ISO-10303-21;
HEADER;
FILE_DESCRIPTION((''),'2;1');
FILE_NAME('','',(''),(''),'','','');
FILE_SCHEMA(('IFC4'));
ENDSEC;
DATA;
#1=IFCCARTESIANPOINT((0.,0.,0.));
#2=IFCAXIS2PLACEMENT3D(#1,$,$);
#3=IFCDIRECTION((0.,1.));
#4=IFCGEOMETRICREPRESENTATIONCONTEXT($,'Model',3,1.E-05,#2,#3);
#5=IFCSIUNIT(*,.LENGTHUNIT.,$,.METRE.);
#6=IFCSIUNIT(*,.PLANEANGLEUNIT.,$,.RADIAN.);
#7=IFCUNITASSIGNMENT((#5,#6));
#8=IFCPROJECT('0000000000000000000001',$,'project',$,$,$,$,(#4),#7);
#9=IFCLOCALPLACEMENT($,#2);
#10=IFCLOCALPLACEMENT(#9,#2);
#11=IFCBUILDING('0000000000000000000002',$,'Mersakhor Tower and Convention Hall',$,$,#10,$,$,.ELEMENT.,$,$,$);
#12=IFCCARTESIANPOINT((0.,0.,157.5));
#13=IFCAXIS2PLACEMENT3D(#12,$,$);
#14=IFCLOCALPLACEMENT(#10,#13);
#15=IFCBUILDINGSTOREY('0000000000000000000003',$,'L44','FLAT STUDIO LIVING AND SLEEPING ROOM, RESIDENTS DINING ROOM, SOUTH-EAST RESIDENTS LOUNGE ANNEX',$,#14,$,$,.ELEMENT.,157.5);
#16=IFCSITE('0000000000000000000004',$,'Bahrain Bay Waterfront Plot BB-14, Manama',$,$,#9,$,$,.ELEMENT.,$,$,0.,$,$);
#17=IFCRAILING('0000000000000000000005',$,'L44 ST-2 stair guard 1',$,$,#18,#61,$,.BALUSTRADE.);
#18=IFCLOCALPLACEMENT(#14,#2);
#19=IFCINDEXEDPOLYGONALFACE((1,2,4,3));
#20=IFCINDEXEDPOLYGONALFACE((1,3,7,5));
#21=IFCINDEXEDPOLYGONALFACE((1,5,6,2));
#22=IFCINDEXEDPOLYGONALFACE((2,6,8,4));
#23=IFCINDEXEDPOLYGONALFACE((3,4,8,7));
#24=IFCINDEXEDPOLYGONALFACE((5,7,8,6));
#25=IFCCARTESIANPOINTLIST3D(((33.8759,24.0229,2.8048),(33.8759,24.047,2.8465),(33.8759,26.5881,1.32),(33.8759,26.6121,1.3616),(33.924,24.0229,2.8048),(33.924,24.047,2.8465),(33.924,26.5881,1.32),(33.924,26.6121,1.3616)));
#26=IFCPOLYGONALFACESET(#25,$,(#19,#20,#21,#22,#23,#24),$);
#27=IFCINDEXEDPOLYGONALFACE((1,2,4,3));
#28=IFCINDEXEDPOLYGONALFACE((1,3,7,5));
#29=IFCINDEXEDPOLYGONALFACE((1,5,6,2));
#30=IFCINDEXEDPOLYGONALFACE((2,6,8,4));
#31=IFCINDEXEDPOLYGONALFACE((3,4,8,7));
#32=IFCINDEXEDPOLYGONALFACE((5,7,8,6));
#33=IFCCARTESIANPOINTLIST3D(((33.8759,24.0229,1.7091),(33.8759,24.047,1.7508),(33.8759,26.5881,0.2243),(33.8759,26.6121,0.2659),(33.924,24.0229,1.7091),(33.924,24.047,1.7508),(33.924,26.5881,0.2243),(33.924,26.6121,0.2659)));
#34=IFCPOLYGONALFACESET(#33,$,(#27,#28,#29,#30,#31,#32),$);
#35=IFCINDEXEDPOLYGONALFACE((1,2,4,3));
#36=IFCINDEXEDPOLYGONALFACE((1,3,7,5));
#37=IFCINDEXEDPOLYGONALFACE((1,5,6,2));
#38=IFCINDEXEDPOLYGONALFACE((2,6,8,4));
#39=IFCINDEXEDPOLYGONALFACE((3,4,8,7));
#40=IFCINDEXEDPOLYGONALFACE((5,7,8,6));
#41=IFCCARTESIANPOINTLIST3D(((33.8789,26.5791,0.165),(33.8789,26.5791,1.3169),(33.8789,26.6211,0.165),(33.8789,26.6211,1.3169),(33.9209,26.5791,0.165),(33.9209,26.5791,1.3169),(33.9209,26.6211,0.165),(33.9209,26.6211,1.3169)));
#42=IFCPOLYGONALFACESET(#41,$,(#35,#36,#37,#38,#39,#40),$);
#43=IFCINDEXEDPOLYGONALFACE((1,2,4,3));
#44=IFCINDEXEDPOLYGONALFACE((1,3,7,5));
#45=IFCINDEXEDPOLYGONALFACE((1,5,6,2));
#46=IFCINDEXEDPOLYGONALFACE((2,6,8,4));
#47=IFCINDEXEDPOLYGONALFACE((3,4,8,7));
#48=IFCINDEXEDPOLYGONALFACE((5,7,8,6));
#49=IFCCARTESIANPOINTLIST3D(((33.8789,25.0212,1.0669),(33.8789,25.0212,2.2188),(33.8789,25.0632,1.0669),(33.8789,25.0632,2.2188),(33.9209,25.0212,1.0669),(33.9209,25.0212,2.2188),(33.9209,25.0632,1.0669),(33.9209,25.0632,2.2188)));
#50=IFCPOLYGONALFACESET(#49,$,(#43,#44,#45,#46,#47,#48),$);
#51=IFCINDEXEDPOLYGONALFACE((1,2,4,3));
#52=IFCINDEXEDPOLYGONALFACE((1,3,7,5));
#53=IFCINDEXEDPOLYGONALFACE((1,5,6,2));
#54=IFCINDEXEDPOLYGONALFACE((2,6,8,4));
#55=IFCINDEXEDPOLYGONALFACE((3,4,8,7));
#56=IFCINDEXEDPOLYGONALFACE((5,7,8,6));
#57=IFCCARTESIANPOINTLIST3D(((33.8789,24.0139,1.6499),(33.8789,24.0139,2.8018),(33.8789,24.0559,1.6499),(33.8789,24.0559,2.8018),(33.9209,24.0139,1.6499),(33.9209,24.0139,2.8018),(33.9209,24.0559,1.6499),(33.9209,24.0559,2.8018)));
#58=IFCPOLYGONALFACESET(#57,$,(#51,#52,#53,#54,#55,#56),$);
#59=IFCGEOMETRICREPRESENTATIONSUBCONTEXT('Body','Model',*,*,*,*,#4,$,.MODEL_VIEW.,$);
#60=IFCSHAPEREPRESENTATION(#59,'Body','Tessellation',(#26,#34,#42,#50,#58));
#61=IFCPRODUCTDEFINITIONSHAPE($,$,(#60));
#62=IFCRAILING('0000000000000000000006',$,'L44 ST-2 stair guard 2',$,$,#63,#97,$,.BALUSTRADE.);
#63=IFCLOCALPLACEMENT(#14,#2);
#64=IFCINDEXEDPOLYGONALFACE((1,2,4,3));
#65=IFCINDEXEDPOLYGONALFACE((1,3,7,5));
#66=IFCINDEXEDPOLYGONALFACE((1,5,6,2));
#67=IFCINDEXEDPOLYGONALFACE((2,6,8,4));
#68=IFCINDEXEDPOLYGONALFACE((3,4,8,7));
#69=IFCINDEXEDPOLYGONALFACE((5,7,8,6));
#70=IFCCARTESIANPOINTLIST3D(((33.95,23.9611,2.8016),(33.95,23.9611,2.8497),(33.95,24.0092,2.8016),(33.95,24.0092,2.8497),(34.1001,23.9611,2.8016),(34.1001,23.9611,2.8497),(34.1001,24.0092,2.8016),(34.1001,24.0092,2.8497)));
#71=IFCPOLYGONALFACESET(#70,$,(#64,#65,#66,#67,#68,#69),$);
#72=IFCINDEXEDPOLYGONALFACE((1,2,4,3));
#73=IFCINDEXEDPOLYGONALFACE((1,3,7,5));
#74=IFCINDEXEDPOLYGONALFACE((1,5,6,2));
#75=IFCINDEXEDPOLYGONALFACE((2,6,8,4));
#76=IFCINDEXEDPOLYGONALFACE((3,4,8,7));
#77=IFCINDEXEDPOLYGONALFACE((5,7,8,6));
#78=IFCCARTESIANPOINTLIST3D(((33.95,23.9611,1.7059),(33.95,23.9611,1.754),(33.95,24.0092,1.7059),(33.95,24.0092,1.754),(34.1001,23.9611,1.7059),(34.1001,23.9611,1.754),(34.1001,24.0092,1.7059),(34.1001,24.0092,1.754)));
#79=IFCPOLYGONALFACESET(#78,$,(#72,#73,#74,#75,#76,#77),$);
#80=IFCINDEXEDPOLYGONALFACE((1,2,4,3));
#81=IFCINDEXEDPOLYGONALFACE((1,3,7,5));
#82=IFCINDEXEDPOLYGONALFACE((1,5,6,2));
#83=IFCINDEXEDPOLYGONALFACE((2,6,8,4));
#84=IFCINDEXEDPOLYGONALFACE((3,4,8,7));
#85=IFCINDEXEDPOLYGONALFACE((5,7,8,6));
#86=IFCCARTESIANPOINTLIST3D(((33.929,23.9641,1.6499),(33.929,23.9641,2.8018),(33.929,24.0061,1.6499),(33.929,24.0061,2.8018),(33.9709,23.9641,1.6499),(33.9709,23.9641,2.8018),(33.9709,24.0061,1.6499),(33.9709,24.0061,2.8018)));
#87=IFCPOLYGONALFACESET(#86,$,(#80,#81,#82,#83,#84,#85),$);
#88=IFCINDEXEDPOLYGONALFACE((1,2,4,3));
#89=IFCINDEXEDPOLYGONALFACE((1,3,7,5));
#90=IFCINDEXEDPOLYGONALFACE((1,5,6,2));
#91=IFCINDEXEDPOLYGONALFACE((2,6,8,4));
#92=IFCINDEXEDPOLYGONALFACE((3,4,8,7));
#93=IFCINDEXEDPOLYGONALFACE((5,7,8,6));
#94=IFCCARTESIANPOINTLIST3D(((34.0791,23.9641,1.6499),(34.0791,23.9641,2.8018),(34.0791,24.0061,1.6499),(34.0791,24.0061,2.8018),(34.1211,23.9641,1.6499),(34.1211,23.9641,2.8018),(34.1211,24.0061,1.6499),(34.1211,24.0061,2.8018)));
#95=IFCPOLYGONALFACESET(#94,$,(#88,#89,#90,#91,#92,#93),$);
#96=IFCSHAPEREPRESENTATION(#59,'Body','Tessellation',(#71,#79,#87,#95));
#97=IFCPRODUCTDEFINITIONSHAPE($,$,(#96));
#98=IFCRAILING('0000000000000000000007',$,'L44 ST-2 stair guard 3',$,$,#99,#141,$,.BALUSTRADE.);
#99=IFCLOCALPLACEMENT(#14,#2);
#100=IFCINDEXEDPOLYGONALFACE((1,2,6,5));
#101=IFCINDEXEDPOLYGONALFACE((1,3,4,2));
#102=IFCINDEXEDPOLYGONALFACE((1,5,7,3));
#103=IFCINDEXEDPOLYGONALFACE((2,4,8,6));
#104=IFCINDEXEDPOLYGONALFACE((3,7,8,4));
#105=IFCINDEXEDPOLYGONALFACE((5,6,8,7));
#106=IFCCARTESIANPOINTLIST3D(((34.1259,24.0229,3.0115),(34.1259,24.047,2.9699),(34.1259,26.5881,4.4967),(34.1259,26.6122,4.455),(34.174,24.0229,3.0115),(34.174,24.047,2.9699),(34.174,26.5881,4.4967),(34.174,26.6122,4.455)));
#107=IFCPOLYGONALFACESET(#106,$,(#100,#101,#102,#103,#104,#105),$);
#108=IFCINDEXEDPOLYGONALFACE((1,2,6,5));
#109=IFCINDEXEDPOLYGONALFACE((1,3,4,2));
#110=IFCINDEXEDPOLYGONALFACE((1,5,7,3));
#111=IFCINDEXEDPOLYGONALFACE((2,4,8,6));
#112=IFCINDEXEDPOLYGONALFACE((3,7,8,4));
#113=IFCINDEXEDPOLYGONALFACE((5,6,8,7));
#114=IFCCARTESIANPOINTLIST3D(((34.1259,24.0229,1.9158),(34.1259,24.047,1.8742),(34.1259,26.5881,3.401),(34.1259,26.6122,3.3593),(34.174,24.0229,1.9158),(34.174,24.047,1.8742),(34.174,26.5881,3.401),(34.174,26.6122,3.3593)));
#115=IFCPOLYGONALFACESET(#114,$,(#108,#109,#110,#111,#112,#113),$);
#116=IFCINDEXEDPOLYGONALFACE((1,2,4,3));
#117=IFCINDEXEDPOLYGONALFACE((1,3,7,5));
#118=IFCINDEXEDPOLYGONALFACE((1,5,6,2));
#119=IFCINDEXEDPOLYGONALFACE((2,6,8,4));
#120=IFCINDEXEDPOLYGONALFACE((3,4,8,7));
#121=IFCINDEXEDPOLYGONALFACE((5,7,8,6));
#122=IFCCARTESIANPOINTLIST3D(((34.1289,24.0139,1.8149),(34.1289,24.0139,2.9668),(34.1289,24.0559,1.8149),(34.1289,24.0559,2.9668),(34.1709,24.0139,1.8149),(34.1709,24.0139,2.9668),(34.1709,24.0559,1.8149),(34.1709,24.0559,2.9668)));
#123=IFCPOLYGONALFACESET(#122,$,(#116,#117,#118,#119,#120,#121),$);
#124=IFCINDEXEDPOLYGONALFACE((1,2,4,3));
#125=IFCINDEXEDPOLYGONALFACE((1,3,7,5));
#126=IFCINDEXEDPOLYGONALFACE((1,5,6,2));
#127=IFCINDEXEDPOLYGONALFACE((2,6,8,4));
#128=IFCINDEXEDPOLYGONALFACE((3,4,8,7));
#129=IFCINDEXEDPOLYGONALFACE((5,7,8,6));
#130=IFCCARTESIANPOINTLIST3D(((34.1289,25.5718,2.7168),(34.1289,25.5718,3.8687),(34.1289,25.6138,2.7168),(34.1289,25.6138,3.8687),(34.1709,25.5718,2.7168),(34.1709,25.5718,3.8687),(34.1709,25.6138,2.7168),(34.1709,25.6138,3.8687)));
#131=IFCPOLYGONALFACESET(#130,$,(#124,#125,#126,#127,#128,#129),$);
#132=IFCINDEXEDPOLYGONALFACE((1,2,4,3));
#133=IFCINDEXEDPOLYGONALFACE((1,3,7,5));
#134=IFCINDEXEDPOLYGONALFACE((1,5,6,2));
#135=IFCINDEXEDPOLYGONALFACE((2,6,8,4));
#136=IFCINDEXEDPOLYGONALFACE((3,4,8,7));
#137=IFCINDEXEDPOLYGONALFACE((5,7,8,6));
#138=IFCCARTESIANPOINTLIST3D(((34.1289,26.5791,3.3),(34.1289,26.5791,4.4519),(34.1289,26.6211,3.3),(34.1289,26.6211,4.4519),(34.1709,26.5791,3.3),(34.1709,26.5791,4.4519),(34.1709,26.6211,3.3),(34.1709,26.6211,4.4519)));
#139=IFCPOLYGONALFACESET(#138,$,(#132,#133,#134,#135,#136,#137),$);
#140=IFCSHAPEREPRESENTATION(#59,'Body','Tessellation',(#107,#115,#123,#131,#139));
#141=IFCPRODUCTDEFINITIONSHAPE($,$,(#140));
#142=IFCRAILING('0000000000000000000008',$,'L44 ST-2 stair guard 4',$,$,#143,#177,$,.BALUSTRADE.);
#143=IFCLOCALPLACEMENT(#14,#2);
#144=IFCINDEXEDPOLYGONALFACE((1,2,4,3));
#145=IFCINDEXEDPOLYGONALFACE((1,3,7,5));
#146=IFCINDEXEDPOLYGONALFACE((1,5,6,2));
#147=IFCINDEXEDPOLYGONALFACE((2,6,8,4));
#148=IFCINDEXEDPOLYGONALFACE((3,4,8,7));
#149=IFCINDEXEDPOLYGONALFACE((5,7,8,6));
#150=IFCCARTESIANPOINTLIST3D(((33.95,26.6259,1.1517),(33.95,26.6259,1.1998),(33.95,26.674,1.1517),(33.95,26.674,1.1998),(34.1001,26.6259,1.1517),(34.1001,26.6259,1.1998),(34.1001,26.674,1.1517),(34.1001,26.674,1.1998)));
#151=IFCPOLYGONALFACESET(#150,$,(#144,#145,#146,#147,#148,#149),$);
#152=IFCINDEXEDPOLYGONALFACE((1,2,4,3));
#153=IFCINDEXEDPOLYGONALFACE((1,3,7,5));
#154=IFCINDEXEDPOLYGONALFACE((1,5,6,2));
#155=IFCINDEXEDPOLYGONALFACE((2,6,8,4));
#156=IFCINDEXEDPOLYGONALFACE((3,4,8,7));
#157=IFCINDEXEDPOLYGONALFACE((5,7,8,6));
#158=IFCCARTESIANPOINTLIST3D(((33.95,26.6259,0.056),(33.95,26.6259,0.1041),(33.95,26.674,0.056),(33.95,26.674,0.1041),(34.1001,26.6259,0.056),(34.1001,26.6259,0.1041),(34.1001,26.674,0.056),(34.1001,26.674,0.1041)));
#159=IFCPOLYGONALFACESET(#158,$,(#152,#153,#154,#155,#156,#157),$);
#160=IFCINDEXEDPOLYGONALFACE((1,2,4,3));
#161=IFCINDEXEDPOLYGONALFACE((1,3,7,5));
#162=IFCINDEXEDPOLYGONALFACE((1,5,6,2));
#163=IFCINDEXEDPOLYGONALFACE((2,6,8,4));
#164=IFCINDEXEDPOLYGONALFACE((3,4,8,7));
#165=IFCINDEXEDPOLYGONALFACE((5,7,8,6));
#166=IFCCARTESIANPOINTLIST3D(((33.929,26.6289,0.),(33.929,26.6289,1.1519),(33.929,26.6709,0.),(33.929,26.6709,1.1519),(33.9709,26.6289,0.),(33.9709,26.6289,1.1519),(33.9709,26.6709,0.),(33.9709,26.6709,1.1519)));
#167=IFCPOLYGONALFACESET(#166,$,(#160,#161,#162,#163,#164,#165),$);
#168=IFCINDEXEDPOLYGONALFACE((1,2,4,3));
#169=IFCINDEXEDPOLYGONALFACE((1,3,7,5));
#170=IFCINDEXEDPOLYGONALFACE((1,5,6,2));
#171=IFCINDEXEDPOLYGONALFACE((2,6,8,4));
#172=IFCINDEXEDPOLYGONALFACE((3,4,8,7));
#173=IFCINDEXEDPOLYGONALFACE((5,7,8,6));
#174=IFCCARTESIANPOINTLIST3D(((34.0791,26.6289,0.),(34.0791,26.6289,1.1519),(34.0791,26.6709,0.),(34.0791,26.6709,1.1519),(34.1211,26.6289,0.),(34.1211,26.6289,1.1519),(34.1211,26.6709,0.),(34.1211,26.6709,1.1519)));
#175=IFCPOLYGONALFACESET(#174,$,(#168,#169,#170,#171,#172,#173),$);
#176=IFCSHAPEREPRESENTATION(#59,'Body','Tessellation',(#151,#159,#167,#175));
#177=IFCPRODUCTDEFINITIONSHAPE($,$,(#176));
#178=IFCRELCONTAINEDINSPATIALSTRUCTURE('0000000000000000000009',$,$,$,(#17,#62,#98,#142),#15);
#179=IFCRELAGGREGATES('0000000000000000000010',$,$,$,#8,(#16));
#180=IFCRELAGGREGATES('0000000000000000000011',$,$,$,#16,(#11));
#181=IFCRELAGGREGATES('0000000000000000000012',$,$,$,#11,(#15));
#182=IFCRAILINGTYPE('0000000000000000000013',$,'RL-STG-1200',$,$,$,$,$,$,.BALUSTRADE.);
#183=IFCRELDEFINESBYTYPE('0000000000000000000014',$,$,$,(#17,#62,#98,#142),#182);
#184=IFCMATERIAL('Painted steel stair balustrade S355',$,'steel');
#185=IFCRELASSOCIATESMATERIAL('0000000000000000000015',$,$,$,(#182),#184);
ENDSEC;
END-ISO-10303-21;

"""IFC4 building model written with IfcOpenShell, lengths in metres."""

from ifc_helpers import new_model, si_unit, direction, frame, origin, origin_2d, place, context, subcontext, project, spatial, rectangle, extrude, material, type_object, element, save


model = new_model("IFC4")

# Units and contexts
model_context = context("Model", 3, precision=1e-05, world=origin(), true_north=direction((0.0, 1.0)))
body_context = subcontext(model_context, "Body", "Model", "MODEL_VIEW")
ifc_project = project(units=[si_unit("LENGTHUNIT", "METRE"), si_unit("PLANEANGLEUNIT", "RADIAN")], contexts=[model_context])

# Site, building, storey
site_placement = place(None, origin())
site = spatial("IfcSite", under=ifc_project, at=site_placement, Name="Bahrain Bay Waterfront Plot BB-14, Manama", CompositionType="ELEMENT", RefElevation=0.0)
building_placement = place(site_placement, origin())
building = spatial("IfcBuilding", under=site, at=building_placement, Name="Mersakhor Tower and Convention Hall", CompositionType="ELEMENT")
storey_placement = place(building_placement, frame((0.0, 0.0, 157.5)))
storey = spatial("IfcBuildingStorey", under=building, at=storey_placement, Name="L44", Description="FLAT STUDIO LIVING AND SLEEPING ROOM, RESIDENTS DINING ROOM, SOUTH-EAST RESIDENTS LOUNGE ANNEX", CompositionType="ELEMENT", Elevation=157.5)

# Railings
ifc_material_1 = material(Name="Painted steel stair balustrade S355", Category="steel")
railing_type_1 = type_object("IfcRailingType", Name="RL-STG-1200", PredefinedType="BALUSTRADE", material=ifc_material_1)
railing_1_placement = place(storey_placement, frame((33.8999, 26.6001, 0.165)))
element("IfcRailing", 1, at=railing_1_placement, inside=storey, type_object=railing_type_1, Name="L44 ST-2 stair guard 1", PredefinedType="BALUSTRADE", context=body_context, shape_type="SweptSolid", body=[
    extrude(rectangle(XDim=0.0481, YDim=0.0481, at=origin_2d()), frame((0.0, 0.0, 1.1758), z_axis=(0.0, -0.865462, 0.500975), x_axis=(1.0, 0.0, 0.0)), (0.0, 0.0, 1.0), 2.9639),
    extrude(rectangle(XDim=0.0481, YDim=0.0481, at=origin_2d()), frame((0.0, 0.0, 0.0801), z_axis=(0.0, -0.865462, 0.500975), x_axis=(1.0, 0.0, 0.0)), (0.0, 0.0, 1.0), 2.9639),
    extrude(rectangle(XDim=0.042, YDim=0.042, at=origin_2d()), origin(), (0.0, 0.0, 1.0), 1.1519),
    extrude(rectangle(XDim=0.042, YDim=0.042, at=origin_2d()), frame((0.0, -1.5579, 0.9019)), (0.0, 0.0, 1.0), 1.1519),
    extrude(rectangle(XDim=0.042, YDim=0.042, at=origin_2d()), frame((0.0, -2.5652, 1.4849)), (0.0, 0.0, 1.0), 1.1519),
])
railing_2_placement = place(storey_placement, frame((33.95, 23.9851, 1.6499)))
element("IfcRailing", 2, at=railing_2_placement, inside=storey, type_object=railing_type_1, Name="L44 ST-2 stair guard 2", PredefinedType="BALUSTRADE", context=body_context, shape_type="SweptSolid", body=[
    extrude(rectangle(XDim=0.0481, YDim=0.0481, at=origin_2d()), frame((0.0, 0.0, 1.1758), z_axis=(1.0, 0.0, 0.0), x_axis=(0.0, 1.0, 0.0)), (0.0, 0.0, 1.0), 0.1501),
    extrude(rectangle(XDim=0.0481, YDim=0.0481, at=origin_2d()), frame((0.0, 0.0, 0.0801), z_axis=(1.0, 0.0, 0.0), x_axis=(0.0, 1.0, 0.0)), (0.0, 0.0, 1.0), 0.1501),
    extrude(rectangle(XDim=0.042, YDim=0.042, at=origin_2d()), origin(), (0.0, 0.0, 1.0), 1.1519),
    extrude(rectangle(XDim=0.042, YDim=0.042, at=origin_2d()), frame((0.1501, 0.0, 0.0)), (0.0, 0.0, 1.0), 1.1519),
])
railing_3_placement = place(storey_placement, frame((34.1499, 24.0349, 1.8149)))
element("IfcRailing", 3, at=railing_3_placement, inside=storey, type_object=railing_type_1, Name="L44 ST-2 stair guard 3", PredefinedType="BALUSTRADE", context=body_context, shape_type="SweptSolid", body=[
    extrude(rectangle(XDim=0.0481, YDim=0.0481, at=origin_2d()), frame((0.0, 0.0, 1.1758), z_axis=(0.0, 0.865426, 0.501036), x_axis=(-1.0, 0.0, 0.0)), (0.0, 0.0, 1.0), 2.9641),
    extrude(rectangle(XDim=0.0481, YDim=0.0481, at=origin_2d()), frame((0.0, 0.0, 0.0801), z_axis=(0.0, 0.865426, 0.501036), x_axis=(-1.0, 0.0, 0.0)), (0.0, 0.0, 1.0), 2.9641),
    extrude(rectangle(XDim=0.042, YDim=0.042, at=origin_2d()), origin(), (0.0, 0.0, 1.0), 1.1519),
    extrude(rectangle(XDim=0.042, YDim=0.042, at=origin_2d()), frame((0.0, 1.5579, 0.9019)), (0.0, 0.0, 1.0), 1.1519),
    extrude(rectangle(XDim=0.042, YDim=0.042, at=origin_2d()), frame((0.0, 2.5652, 1.4851)), (0.0, 0.0, 1.0), 1.1519),
])
railing_4_placement = place(storey_placement, frame((33.95, 26.6499, 0.0)))
element("IfcRailing", 4, at=railing_4_placement, inside=storey, type_object=railing_type_1, Name="L44 ST-2 stair guard 4", PredefinedType="BALUSTRADE", context=body_context, shape_type="SweptSolid", body=[
    extrude(rectangle(XDim=0.0481, YDim=0.0481, at=origin_2d()), frame((0.0, 0.0, 1.1758), z_axis=(1.0, 0.0, 0.0), x_axis=(0.0, 1.0, 0.0)), (0.0, 0.0, 1.0), 0.1501),
    extrude(rectangle(XDim=0.0481, YDim=0.0481, at=origin_2d()), frame((0.0, 0.0, 0.0801), z_axis=(1.0, 0.0, 0.0), x_axis=(0.0, 1.0, 0.0)), (0.0, 0.0, 1.0), 0.1501),
    extrude(rectangle(XDim=0.042, YDim=0.042, at=origin_2d()), origin(), (0.0, 0.0, 1.0), 1.1519),
    extrude(rectangle(XDim=0.042, YDim=0.042, at=origin_2d()), frame((0.1501, 0.0, 0.0)), (0.0, 0.0, 1.0), 1.1519),
])

save(model, "model.ifc")
